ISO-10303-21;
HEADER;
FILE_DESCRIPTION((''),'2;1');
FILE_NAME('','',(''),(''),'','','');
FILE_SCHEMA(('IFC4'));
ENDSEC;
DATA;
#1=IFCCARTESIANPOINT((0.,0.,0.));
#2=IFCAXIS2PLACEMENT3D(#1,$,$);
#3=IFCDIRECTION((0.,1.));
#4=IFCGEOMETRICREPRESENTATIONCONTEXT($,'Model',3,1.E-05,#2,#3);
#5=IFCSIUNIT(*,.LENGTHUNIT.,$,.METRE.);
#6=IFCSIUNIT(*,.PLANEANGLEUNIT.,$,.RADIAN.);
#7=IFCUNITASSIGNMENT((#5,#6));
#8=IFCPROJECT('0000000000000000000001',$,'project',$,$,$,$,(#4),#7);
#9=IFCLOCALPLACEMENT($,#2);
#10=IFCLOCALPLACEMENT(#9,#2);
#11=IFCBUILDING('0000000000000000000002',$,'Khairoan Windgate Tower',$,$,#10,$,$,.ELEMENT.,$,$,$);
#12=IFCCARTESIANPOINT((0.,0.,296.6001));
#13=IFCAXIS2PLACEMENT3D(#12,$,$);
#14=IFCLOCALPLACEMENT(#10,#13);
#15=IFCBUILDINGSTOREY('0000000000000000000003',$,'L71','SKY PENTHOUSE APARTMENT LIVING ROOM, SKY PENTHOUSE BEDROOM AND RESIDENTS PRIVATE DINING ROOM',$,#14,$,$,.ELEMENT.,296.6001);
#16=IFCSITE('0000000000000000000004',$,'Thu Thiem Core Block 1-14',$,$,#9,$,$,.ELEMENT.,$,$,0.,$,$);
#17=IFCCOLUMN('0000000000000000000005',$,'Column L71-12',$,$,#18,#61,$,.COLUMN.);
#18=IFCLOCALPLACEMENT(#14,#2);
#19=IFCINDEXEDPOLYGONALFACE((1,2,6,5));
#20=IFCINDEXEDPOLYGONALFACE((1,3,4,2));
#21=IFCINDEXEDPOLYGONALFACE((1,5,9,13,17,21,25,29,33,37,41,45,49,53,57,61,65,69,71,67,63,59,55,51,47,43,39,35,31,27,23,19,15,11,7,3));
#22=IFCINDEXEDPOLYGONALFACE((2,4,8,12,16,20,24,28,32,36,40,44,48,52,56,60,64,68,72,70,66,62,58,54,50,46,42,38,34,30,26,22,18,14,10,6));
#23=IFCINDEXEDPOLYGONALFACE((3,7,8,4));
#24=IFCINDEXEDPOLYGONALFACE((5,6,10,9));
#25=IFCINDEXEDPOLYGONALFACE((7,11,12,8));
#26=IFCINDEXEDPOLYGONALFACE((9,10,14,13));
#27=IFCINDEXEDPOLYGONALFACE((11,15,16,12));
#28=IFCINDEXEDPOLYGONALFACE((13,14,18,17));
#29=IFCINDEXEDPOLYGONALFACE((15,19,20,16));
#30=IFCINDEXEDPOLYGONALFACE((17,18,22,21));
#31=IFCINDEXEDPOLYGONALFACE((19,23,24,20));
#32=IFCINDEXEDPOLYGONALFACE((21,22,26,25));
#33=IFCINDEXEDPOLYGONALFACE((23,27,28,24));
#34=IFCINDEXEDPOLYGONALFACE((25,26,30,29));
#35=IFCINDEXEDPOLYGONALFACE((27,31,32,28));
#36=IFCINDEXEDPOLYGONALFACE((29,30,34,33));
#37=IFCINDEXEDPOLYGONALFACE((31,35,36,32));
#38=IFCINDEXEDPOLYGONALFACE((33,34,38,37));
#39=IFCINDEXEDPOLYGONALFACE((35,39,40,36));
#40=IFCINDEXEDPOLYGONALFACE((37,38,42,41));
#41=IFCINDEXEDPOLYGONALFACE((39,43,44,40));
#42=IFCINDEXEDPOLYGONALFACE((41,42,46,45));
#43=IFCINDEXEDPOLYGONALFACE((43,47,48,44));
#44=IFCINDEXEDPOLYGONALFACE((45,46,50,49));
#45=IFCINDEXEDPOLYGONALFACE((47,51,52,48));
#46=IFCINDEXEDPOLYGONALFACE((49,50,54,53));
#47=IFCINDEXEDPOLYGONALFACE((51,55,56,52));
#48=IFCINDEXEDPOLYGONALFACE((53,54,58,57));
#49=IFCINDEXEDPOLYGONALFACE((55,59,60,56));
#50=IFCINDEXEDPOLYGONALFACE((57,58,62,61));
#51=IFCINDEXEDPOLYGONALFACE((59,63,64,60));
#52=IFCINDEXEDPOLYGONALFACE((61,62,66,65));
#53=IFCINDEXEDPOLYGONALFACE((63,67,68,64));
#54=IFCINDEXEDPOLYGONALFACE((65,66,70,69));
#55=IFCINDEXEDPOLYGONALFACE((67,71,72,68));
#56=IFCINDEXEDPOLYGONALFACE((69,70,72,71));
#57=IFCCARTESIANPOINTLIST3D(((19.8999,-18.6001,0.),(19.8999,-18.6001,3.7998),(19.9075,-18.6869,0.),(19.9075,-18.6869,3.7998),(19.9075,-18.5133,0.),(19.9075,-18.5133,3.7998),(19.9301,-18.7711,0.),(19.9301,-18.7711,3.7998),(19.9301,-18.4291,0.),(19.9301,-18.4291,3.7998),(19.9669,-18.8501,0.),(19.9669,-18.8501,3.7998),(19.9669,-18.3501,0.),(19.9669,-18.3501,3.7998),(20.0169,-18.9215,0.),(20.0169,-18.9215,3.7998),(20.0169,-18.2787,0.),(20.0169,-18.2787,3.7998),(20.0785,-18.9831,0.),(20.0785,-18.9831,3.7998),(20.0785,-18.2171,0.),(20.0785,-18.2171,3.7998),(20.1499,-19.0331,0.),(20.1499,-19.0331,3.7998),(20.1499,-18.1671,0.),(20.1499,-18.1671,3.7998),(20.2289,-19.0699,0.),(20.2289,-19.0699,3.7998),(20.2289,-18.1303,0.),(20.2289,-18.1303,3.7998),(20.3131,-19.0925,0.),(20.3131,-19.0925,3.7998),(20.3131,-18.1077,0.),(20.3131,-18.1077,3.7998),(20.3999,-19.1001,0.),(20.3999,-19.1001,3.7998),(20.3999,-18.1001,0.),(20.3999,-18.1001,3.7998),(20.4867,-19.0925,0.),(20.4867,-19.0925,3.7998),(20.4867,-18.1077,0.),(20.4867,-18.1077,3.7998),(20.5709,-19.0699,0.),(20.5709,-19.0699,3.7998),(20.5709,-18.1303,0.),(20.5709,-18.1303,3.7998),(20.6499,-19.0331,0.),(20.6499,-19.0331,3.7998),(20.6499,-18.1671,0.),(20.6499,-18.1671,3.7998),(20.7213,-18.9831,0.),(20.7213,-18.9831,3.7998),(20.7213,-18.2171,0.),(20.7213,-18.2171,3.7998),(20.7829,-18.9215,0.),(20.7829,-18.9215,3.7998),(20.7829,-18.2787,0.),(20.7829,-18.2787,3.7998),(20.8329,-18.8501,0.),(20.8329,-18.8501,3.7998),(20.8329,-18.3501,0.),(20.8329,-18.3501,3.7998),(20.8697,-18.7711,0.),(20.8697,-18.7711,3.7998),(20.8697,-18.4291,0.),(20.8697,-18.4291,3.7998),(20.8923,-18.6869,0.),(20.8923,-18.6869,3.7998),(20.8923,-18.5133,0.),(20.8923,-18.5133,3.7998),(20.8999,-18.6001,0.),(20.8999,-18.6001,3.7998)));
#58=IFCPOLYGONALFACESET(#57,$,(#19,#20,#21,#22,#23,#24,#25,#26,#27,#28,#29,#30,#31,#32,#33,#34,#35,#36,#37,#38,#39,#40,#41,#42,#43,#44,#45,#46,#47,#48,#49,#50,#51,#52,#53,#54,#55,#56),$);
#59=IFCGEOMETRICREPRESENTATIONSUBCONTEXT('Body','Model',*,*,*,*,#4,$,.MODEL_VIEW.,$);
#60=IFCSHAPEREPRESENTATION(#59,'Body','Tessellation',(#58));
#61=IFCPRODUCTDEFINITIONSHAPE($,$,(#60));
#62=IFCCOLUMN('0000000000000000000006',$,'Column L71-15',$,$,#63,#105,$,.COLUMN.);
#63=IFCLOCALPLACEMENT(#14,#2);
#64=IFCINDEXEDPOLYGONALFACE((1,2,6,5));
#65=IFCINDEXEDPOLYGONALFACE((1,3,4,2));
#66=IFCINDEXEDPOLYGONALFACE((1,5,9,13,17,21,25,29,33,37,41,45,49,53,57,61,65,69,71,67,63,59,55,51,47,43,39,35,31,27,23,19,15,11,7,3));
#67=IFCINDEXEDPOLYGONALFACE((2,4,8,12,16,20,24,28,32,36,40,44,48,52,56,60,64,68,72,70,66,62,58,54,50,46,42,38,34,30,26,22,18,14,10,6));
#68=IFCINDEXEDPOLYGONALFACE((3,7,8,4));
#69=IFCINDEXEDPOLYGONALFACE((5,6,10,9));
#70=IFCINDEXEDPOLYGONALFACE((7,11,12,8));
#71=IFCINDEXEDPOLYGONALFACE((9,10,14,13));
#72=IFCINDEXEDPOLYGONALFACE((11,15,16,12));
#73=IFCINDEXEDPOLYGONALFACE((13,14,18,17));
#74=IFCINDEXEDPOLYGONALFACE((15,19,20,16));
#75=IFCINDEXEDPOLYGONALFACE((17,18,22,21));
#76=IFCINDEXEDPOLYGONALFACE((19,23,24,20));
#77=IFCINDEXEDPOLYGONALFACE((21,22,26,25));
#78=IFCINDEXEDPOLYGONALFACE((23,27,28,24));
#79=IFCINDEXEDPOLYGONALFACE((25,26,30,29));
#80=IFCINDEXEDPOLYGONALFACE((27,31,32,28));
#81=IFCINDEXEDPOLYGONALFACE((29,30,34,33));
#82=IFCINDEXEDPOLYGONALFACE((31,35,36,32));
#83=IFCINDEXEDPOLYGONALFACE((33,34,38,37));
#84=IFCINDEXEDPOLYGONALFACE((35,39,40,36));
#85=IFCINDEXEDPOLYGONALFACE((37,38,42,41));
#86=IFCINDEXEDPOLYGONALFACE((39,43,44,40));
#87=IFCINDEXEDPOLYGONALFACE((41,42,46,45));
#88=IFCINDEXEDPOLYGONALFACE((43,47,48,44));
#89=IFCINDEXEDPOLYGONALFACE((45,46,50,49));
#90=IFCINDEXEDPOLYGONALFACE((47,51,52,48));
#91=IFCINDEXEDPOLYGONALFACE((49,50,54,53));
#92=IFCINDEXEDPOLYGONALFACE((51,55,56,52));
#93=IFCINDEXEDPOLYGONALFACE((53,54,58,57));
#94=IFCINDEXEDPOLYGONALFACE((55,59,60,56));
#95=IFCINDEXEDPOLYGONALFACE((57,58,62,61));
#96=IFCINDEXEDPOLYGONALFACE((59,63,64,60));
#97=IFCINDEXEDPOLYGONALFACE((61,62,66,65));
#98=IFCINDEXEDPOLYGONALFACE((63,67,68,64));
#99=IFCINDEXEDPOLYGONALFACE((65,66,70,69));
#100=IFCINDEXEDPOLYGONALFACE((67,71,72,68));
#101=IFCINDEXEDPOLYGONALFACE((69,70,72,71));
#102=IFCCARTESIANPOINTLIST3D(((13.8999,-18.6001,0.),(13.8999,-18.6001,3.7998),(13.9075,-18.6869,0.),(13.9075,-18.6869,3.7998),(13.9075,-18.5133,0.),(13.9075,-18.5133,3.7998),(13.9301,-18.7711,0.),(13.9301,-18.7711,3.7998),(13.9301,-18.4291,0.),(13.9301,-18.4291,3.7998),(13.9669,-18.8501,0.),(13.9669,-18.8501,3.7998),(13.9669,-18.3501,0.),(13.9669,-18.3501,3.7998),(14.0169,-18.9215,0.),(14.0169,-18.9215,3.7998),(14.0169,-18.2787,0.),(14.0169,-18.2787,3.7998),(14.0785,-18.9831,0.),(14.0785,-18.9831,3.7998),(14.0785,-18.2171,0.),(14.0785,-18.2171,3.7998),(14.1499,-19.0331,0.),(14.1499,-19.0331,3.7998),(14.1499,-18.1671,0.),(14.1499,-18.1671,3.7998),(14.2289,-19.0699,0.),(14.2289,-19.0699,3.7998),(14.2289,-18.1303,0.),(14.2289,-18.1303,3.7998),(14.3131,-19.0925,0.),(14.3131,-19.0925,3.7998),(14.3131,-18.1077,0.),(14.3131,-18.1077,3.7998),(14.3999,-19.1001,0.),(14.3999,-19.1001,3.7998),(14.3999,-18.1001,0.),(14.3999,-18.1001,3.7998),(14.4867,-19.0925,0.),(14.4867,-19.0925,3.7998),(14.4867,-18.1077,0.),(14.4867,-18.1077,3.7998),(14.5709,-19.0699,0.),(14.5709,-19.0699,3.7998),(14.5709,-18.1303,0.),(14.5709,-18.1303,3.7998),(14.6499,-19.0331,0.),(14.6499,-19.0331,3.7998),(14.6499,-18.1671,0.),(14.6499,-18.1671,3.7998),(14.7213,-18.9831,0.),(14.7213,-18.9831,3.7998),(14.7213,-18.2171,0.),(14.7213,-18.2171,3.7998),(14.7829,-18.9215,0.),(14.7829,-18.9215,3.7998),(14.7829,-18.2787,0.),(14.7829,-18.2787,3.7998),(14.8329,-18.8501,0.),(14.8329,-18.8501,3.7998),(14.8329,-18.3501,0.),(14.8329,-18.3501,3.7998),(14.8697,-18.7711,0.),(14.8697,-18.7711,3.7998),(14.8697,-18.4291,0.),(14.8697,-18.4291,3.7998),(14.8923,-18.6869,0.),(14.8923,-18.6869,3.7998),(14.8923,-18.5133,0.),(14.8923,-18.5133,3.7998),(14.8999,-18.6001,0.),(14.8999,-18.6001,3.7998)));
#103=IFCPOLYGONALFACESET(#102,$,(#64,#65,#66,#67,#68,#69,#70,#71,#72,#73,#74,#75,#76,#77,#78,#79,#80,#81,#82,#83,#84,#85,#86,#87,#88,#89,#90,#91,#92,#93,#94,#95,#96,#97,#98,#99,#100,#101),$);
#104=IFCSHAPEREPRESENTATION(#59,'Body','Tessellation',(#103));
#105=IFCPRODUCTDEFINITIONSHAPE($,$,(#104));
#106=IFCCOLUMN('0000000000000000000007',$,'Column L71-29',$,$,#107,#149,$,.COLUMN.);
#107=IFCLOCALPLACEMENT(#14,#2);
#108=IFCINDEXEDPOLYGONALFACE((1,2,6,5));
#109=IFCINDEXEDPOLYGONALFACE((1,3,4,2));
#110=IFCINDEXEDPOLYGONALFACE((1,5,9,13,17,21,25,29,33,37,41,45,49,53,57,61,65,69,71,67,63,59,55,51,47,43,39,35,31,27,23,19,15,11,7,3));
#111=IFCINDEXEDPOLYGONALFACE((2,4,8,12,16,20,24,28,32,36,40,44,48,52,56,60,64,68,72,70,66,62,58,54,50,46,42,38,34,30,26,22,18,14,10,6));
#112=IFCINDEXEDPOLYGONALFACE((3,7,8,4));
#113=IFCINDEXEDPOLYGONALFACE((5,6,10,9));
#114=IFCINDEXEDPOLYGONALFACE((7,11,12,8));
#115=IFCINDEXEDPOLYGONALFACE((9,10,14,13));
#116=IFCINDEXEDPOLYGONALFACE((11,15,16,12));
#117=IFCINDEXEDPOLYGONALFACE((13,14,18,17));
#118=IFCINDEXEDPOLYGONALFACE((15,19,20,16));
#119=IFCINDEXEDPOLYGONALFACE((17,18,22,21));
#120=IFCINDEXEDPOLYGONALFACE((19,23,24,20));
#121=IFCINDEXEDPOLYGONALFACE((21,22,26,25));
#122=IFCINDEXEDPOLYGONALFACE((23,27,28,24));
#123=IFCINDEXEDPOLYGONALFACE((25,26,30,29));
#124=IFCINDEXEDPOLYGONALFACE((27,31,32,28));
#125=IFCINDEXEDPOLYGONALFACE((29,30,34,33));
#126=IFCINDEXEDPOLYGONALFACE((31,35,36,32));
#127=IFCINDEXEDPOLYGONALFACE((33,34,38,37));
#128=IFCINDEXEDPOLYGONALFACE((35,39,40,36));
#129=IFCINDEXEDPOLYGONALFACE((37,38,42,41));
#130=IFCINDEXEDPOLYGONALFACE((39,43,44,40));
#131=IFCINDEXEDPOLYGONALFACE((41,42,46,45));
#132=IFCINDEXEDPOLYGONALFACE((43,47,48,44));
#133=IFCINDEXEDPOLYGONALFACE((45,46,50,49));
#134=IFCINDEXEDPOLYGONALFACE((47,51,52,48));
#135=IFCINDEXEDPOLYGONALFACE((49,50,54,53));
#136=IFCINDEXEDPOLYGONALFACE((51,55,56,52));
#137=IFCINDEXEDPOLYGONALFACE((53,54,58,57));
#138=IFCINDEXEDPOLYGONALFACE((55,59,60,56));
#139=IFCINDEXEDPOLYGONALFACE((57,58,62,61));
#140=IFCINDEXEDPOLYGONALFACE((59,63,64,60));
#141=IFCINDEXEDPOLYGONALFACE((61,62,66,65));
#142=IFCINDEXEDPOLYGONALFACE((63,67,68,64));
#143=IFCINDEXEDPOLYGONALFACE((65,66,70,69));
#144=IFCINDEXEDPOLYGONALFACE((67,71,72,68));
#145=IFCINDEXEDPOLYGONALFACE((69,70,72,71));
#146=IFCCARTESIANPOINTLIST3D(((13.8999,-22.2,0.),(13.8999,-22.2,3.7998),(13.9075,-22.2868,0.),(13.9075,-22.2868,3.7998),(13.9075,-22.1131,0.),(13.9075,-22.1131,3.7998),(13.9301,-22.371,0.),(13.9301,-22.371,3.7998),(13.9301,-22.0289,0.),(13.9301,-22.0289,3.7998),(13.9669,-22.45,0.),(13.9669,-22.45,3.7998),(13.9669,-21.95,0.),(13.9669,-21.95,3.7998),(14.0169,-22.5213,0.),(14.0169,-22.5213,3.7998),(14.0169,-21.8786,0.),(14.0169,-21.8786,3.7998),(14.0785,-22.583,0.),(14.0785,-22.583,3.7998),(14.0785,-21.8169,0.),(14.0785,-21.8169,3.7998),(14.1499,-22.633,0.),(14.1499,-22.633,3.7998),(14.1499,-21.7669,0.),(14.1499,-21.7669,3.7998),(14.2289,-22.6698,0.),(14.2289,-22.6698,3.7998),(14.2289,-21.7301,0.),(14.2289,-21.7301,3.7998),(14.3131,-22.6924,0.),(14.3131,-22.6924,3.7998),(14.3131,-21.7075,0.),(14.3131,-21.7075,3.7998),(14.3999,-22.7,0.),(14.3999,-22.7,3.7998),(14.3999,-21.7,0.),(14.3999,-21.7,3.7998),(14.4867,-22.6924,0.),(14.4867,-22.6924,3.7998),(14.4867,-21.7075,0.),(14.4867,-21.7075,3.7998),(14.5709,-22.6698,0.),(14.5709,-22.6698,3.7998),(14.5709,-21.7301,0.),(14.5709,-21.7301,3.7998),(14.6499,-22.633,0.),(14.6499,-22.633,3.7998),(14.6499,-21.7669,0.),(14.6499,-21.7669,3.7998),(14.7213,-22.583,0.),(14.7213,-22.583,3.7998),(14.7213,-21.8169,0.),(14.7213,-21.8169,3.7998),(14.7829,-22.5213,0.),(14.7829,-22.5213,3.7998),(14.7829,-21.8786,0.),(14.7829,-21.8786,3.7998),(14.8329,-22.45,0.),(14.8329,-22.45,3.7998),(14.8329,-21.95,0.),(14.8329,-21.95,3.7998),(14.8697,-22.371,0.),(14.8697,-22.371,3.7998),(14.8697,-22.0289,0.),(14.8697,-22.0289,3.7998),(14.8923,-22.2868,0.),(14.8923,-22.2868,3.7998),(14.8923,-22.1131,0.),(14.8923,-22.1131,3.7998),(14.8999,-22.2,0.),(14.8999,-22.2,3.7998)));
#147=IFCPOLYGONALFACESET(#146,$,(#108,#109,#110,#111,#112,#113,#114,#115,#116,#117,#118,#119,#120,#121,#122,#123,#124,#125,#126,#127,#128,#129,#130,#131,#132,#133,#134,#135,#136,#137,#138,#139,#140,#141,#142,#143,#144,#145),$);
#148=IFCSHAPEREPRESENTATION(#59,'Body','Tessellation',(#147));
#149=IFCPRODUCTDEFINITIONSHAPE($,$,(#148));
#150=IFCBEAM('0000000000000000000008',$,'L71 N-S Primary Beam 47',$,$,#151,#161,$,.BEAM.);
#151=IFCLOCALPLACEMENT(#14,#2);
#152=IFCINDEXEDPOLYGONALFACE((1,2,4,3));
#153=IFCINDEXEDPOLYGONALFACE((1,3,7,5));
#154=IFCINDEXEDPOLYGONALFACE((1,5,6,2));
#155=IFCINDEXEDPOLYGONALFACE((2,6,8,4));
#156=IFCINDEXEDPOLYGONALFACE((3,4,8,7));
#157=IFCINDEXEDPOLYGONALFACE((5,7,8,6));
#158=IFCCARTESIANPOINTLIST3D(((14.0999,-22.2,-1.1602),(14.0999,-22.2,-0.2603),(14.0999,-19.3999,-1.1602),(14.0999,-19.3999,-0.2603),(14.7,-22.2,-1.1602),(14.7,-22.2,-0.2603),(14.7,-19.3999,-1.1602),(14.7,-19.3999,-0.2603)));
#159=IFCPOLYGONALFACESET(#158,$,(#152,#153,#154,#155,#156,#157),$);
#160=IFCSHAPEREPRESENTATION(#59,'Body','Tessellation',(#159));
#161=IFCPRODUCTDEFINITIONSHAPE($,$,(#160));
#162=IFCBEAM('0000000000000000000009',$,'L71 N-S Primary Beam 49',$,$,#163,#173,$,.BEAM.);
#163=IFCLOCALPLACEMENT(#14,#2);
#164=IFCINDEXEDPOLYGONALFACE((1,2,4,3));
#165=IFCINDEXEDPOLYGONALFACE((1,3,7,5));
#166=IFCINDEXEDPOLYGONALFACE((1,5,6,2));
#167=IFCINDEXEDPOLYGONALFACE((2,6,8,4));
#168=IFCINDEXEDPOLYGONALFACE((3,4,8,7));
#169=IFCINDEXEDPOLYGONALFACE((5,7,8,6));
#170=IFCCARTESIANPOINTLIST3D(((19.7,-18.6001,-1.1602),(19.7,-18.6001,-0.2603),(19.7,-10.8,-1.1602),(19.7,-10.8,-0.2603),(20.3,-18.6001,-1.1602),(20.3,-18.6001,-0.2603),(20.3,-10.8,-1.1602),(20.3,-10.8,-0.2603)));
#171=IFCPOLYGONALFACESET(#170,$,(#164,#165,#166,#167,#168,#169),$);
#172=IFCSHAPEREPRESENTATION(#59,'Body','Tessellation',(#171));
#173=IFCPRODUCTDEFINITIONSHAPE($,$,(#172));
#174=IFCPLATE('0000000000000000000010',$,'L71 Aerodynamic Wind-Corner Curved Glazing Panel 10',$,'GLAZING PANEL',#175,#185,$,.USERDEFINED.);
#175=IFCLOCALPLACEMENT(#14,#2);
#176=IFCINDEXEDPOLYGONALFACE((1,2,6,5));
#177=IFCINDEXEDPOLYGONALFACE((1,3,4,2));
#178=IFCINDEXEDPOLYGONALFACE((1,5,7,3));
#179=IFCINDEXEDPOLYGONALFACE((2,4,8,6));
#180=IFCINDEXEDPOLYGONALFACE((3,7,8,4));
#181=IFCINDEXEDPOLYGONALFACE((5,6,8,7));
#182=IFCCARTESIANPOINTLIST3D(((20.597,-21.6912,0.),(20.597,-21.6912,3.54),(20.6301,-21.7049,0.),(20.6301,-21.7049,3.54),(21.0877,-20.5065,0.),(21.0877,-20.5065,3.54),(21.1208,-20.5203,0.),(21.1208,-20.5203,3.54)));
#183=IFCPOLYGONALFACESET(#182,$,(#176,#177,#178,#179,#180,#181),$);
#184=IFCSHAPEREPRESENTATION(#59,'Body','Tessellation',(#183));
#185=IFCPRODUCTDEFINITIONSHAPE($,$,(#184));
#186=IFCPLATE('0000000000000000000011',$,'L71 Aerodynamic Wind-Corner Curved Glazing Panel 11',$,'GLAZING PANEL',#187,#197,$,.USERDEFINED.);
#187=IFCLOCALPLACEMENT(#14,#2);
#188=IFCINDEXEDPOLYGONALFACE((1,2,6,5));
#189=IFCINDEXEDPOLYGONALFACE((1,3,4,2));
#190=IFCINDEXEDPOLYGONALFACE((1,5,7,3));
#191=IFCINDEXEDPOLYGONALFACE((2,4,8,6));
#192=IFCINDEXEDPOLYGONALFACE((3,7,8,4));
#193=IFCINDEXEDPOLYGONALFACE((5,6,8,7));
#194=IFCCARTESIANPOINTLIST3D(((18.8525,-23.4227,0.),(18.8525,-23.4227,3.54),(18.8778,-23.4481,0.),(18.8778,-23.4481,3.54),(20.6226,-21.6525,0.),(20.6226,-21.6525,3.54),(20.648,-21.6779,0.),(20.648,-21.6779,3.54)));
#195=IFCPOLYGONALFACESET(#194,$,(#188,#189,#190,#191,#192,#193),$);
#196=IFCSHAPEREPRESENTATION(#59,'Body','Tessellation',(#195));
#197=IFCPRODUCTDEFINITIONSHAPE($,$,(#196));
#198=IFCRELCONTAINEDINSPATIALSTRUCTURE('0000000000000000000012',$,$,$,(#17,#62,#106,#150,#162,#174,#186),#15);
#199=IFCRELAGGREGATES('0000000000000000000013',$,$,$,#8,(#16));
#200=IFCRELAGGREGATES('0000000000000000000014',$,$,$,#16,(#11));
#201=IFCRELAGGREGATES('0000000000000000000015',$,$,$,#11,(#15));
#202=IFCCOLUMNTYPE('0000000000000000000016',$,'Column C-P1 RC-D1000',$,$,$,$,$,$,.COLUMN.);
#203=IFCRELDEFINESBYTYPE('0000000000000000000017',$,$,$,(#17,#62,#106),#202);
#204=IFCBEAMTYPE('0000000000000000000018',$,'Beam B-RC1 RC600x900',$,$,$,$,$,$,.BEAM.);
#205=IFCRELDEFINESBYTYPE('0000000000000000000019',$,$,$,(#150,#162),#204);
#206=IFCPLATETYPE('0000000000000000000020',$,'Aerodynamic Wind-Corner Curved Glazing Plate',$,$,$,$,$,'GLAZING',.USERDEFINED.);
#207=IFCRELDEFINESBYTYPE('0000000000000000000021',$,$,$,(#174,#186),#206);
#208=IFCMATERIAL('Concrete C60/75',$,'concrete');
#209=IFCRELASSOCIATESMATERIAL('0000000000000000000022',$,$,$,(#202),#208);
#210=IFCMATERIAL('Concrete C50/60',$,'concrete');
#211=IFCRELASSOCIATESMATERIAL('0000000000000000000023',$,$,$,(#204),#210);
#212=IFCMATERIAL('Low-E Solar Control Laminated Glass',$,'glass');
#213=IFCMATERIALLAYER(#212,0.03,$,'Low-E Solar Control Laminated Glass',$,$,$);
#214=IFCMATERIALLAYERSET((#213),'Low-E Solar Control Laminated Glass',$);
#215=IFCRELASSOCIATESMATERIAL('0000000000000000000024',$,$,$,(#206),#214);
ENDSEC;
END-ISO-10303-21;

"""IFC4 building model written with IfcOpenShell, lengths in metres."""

from ifc_helpers import new_model, si_unit, direction, frame, origin, origin_2d, place, context, subcontext, project, spatial, rectangle, circle, extrude, material, layer, layer_set, material_profile, profile_set, type_object, element, save


model = new_model("IFC4")

# Units and contexts
model_context = context("Model", 3, precision=1e-05, world=origin(), true_north=direction((0.0, 1.0)))
body_context = subcontext(model_context, "Body", "Model", "MODEL_VIEW")
ifc_project = project(units=[si_unit("LENGTHUNIT", "METRE"), si_unit("PLANEANGLEUNIT", "RADIAN")], contexts=[model_context])

# Site, building, storey
site_placement = place(None, origin())
site = spatial("IfcSite", under=ifc_project, at=site_placement, Name="Thu Thiem Core Block 1-14", CompositionType="ELEMENT", RefElevation=0.0)
building_placement = place(site_placement, origin())
building = spatial("IfcBuilding", under=site, at=building_placement, Name="Khairoan Windgate Tower", CompositionType="ELEMENT")
storey_placement = place(building_placement, frame((0.0, 0.0, 296.6001)))
storey = spatial("IfcBuildingStorey", under=building, at=storey_placement, Name="L71", Description="SKY PENTHOUSE APARTMENT LIVING ROOM, SKY PENTHOUSE BEDROOM AND RESIDENTS PRIVATE DINING ROOM", CompositionType="ELEMENT", Elevation=296.6001)

# Columns
ifc_material_1 = material(Name="Concrete C60/75", Category="concrete")
ifc_material_profile_1 = material_profile(ifc_material_1, circle(Radius=0.5, at=origin_2d()))
ifc_profile_set_1 = profile_set([ifc_material_profile_1], Name="Concrete C60/75")
column_type = type_object("IfcColumnType", Name="Column C-P1 RC-D1000", PredefinedType="COLUMN", material=ifc_profile_set_1)
for number, where, z_axis, x_axis, name in (
    (1, (20.3999, -18.6001, 0.0), (0.0, 0.0, 1.0), (1.0, 0.0, 0.0), "Column L71-12"),
    (2, (14.3999, -18.6001, 0.0), (0.0, 0.0, 1.0), (1.0, 0.0, 0.0), "Column L71-15"),
    (3, (14.3999, -22.2, 0.0), (0.0, 0.0, 1.0), (1.0, 0.0, 0.0), "Column L71-29"),
):
    element("IfcColumn", number, at=place(storey_placement, frame(where, z_axis=z_axis, x_axis=x_axis)), inside=storey, type_object=column_type, Name=name, PredefinedType="COLUMN", context=body_context, shape_type="SweptSolid", body=[
        extrude(circle(Radius=0.5, at=origin_2d()), origin(), (0.0, 0.0, 1.0), 3.7998),
    ])

# Beams
ifc_material_2 = material(Name="Concrete C50/60", Category="concrete")
ifc_material_profile_2 = material_profile(ifc_material_2, rectangle(XDim=0.6001, YDim=0.8999, at=origin_2d()))
ifc_profile_set_2 = profile_set([ifc_material_profile_2], Name="Concrete C50/60")
beam_type = type_object("IfcBeamType", Name="Beam B-RC1 RC600x900", PredefinedType="BEAM", material=ifc_profile_set_2)
beam_1_placement = place(storey_placement, frame((14.3999, -22.2, -0.7102), z_axis=(0.0, 1.0, 0.0), x_axis=(-1.0, 0.0, 0.0)))
element("IfcBeam", 4, at=beam_1_placement, inside=storey, type_object=beam_type, Name="L71 N-S Primary Beam 47", PredefinedType="BEAM", context=body_context, shape_type="SweptSolid", body=[
    extrude(rectangle(XDim=0.6001, YDim=0.8999, at=origin_2d()), origin(), (0.0, 0.0, 1.0), 2.8),
])
beam_2_placement = place(storey_placement, frame((20.0, -18.6001, -0.7102), z_axis=(0.0, 1.0, 0.0), x_axis=(-1.0, 0.0, 0.0)))
element("IfcBeam", 5, at=beam_2_placement, inside=storey, type_object=beam_type, Name="L71 N-S Primary Beam 49", PredefinedType="BEAM", context=body_context, shape_type="SweptSolid", body=[
    extrude(rectangle(XDim=0.6001, YDim=0.8999, at=origin_2d()), origin(), (0.0, 0.0, 1.0), 7.8),
])

# Plates
ifc_material_3 = material(Name="Low-E Solar Control Laminated Glass", Category="glass")
ifc_layer_1 = layer(ifc_material_3, 0.03, Name="Low-E Solar Control Laminated Glass")
ifc_layer_set_1 = layer_set([ifc_layer_1], Name="Low-E Solar Control Laminated Glass")
plate_type_1 = type_object("IfcPlateType", Name="Aerodynamic Wind-Corner Curved Glazing Plate", ElementType="GLAZING", PredefinedType="USERDEFINED", material=ifc_layer_set_1)
plate_1_placement = place(storey_placement, frame((20.8589, -21.1057, 0.0), z_axis=(0.0, 0.0, 1.0), x_axis=(-0.382683, -0.92388, 0.0)))
element("IfcPlate", 6, at=plate_1_placement, inside=storey, type_object=plate_type_1, Name="L71 Aerodynamic Wind-Corner Curved Glazing Panel 10", ObjectType="GLAZING PANEL", PredefinedType="USERDEFINED", context=body_context, shape_type="SweptSolid", body=[
    extrude(rectangle(XDim=1.2822, YDim=0.0359, at=origin_2d()), origin(), (0.0, 0.0, 1.0), 3.54),
])
plate_2_placement = place(storey_placement, frame((19.7502, -22.5503, 0.0), z_axis=(0.0, 0.0, 1.0), x_axis=(-0.707107, -0.707107, 0.0)))
element("IfcPlate", 7, at=plate_2_placement, inside=storey, type_object=plate_type_1, Name="L71 Aerodynamic Wind-Corner Curved Glazing Panel 11", ObjectType="GLAZING PANEL", PredefinedType="USERDEFINED", context=body_context, shape_type="SweptSolid", body=[
    extrude(rectangle(XDim=2.5034, YDim=0.0359, at=origin_2d()), origin(), (0.0, 0.0, 1.0), 3.54),
])

save(model, "model.ifc")
